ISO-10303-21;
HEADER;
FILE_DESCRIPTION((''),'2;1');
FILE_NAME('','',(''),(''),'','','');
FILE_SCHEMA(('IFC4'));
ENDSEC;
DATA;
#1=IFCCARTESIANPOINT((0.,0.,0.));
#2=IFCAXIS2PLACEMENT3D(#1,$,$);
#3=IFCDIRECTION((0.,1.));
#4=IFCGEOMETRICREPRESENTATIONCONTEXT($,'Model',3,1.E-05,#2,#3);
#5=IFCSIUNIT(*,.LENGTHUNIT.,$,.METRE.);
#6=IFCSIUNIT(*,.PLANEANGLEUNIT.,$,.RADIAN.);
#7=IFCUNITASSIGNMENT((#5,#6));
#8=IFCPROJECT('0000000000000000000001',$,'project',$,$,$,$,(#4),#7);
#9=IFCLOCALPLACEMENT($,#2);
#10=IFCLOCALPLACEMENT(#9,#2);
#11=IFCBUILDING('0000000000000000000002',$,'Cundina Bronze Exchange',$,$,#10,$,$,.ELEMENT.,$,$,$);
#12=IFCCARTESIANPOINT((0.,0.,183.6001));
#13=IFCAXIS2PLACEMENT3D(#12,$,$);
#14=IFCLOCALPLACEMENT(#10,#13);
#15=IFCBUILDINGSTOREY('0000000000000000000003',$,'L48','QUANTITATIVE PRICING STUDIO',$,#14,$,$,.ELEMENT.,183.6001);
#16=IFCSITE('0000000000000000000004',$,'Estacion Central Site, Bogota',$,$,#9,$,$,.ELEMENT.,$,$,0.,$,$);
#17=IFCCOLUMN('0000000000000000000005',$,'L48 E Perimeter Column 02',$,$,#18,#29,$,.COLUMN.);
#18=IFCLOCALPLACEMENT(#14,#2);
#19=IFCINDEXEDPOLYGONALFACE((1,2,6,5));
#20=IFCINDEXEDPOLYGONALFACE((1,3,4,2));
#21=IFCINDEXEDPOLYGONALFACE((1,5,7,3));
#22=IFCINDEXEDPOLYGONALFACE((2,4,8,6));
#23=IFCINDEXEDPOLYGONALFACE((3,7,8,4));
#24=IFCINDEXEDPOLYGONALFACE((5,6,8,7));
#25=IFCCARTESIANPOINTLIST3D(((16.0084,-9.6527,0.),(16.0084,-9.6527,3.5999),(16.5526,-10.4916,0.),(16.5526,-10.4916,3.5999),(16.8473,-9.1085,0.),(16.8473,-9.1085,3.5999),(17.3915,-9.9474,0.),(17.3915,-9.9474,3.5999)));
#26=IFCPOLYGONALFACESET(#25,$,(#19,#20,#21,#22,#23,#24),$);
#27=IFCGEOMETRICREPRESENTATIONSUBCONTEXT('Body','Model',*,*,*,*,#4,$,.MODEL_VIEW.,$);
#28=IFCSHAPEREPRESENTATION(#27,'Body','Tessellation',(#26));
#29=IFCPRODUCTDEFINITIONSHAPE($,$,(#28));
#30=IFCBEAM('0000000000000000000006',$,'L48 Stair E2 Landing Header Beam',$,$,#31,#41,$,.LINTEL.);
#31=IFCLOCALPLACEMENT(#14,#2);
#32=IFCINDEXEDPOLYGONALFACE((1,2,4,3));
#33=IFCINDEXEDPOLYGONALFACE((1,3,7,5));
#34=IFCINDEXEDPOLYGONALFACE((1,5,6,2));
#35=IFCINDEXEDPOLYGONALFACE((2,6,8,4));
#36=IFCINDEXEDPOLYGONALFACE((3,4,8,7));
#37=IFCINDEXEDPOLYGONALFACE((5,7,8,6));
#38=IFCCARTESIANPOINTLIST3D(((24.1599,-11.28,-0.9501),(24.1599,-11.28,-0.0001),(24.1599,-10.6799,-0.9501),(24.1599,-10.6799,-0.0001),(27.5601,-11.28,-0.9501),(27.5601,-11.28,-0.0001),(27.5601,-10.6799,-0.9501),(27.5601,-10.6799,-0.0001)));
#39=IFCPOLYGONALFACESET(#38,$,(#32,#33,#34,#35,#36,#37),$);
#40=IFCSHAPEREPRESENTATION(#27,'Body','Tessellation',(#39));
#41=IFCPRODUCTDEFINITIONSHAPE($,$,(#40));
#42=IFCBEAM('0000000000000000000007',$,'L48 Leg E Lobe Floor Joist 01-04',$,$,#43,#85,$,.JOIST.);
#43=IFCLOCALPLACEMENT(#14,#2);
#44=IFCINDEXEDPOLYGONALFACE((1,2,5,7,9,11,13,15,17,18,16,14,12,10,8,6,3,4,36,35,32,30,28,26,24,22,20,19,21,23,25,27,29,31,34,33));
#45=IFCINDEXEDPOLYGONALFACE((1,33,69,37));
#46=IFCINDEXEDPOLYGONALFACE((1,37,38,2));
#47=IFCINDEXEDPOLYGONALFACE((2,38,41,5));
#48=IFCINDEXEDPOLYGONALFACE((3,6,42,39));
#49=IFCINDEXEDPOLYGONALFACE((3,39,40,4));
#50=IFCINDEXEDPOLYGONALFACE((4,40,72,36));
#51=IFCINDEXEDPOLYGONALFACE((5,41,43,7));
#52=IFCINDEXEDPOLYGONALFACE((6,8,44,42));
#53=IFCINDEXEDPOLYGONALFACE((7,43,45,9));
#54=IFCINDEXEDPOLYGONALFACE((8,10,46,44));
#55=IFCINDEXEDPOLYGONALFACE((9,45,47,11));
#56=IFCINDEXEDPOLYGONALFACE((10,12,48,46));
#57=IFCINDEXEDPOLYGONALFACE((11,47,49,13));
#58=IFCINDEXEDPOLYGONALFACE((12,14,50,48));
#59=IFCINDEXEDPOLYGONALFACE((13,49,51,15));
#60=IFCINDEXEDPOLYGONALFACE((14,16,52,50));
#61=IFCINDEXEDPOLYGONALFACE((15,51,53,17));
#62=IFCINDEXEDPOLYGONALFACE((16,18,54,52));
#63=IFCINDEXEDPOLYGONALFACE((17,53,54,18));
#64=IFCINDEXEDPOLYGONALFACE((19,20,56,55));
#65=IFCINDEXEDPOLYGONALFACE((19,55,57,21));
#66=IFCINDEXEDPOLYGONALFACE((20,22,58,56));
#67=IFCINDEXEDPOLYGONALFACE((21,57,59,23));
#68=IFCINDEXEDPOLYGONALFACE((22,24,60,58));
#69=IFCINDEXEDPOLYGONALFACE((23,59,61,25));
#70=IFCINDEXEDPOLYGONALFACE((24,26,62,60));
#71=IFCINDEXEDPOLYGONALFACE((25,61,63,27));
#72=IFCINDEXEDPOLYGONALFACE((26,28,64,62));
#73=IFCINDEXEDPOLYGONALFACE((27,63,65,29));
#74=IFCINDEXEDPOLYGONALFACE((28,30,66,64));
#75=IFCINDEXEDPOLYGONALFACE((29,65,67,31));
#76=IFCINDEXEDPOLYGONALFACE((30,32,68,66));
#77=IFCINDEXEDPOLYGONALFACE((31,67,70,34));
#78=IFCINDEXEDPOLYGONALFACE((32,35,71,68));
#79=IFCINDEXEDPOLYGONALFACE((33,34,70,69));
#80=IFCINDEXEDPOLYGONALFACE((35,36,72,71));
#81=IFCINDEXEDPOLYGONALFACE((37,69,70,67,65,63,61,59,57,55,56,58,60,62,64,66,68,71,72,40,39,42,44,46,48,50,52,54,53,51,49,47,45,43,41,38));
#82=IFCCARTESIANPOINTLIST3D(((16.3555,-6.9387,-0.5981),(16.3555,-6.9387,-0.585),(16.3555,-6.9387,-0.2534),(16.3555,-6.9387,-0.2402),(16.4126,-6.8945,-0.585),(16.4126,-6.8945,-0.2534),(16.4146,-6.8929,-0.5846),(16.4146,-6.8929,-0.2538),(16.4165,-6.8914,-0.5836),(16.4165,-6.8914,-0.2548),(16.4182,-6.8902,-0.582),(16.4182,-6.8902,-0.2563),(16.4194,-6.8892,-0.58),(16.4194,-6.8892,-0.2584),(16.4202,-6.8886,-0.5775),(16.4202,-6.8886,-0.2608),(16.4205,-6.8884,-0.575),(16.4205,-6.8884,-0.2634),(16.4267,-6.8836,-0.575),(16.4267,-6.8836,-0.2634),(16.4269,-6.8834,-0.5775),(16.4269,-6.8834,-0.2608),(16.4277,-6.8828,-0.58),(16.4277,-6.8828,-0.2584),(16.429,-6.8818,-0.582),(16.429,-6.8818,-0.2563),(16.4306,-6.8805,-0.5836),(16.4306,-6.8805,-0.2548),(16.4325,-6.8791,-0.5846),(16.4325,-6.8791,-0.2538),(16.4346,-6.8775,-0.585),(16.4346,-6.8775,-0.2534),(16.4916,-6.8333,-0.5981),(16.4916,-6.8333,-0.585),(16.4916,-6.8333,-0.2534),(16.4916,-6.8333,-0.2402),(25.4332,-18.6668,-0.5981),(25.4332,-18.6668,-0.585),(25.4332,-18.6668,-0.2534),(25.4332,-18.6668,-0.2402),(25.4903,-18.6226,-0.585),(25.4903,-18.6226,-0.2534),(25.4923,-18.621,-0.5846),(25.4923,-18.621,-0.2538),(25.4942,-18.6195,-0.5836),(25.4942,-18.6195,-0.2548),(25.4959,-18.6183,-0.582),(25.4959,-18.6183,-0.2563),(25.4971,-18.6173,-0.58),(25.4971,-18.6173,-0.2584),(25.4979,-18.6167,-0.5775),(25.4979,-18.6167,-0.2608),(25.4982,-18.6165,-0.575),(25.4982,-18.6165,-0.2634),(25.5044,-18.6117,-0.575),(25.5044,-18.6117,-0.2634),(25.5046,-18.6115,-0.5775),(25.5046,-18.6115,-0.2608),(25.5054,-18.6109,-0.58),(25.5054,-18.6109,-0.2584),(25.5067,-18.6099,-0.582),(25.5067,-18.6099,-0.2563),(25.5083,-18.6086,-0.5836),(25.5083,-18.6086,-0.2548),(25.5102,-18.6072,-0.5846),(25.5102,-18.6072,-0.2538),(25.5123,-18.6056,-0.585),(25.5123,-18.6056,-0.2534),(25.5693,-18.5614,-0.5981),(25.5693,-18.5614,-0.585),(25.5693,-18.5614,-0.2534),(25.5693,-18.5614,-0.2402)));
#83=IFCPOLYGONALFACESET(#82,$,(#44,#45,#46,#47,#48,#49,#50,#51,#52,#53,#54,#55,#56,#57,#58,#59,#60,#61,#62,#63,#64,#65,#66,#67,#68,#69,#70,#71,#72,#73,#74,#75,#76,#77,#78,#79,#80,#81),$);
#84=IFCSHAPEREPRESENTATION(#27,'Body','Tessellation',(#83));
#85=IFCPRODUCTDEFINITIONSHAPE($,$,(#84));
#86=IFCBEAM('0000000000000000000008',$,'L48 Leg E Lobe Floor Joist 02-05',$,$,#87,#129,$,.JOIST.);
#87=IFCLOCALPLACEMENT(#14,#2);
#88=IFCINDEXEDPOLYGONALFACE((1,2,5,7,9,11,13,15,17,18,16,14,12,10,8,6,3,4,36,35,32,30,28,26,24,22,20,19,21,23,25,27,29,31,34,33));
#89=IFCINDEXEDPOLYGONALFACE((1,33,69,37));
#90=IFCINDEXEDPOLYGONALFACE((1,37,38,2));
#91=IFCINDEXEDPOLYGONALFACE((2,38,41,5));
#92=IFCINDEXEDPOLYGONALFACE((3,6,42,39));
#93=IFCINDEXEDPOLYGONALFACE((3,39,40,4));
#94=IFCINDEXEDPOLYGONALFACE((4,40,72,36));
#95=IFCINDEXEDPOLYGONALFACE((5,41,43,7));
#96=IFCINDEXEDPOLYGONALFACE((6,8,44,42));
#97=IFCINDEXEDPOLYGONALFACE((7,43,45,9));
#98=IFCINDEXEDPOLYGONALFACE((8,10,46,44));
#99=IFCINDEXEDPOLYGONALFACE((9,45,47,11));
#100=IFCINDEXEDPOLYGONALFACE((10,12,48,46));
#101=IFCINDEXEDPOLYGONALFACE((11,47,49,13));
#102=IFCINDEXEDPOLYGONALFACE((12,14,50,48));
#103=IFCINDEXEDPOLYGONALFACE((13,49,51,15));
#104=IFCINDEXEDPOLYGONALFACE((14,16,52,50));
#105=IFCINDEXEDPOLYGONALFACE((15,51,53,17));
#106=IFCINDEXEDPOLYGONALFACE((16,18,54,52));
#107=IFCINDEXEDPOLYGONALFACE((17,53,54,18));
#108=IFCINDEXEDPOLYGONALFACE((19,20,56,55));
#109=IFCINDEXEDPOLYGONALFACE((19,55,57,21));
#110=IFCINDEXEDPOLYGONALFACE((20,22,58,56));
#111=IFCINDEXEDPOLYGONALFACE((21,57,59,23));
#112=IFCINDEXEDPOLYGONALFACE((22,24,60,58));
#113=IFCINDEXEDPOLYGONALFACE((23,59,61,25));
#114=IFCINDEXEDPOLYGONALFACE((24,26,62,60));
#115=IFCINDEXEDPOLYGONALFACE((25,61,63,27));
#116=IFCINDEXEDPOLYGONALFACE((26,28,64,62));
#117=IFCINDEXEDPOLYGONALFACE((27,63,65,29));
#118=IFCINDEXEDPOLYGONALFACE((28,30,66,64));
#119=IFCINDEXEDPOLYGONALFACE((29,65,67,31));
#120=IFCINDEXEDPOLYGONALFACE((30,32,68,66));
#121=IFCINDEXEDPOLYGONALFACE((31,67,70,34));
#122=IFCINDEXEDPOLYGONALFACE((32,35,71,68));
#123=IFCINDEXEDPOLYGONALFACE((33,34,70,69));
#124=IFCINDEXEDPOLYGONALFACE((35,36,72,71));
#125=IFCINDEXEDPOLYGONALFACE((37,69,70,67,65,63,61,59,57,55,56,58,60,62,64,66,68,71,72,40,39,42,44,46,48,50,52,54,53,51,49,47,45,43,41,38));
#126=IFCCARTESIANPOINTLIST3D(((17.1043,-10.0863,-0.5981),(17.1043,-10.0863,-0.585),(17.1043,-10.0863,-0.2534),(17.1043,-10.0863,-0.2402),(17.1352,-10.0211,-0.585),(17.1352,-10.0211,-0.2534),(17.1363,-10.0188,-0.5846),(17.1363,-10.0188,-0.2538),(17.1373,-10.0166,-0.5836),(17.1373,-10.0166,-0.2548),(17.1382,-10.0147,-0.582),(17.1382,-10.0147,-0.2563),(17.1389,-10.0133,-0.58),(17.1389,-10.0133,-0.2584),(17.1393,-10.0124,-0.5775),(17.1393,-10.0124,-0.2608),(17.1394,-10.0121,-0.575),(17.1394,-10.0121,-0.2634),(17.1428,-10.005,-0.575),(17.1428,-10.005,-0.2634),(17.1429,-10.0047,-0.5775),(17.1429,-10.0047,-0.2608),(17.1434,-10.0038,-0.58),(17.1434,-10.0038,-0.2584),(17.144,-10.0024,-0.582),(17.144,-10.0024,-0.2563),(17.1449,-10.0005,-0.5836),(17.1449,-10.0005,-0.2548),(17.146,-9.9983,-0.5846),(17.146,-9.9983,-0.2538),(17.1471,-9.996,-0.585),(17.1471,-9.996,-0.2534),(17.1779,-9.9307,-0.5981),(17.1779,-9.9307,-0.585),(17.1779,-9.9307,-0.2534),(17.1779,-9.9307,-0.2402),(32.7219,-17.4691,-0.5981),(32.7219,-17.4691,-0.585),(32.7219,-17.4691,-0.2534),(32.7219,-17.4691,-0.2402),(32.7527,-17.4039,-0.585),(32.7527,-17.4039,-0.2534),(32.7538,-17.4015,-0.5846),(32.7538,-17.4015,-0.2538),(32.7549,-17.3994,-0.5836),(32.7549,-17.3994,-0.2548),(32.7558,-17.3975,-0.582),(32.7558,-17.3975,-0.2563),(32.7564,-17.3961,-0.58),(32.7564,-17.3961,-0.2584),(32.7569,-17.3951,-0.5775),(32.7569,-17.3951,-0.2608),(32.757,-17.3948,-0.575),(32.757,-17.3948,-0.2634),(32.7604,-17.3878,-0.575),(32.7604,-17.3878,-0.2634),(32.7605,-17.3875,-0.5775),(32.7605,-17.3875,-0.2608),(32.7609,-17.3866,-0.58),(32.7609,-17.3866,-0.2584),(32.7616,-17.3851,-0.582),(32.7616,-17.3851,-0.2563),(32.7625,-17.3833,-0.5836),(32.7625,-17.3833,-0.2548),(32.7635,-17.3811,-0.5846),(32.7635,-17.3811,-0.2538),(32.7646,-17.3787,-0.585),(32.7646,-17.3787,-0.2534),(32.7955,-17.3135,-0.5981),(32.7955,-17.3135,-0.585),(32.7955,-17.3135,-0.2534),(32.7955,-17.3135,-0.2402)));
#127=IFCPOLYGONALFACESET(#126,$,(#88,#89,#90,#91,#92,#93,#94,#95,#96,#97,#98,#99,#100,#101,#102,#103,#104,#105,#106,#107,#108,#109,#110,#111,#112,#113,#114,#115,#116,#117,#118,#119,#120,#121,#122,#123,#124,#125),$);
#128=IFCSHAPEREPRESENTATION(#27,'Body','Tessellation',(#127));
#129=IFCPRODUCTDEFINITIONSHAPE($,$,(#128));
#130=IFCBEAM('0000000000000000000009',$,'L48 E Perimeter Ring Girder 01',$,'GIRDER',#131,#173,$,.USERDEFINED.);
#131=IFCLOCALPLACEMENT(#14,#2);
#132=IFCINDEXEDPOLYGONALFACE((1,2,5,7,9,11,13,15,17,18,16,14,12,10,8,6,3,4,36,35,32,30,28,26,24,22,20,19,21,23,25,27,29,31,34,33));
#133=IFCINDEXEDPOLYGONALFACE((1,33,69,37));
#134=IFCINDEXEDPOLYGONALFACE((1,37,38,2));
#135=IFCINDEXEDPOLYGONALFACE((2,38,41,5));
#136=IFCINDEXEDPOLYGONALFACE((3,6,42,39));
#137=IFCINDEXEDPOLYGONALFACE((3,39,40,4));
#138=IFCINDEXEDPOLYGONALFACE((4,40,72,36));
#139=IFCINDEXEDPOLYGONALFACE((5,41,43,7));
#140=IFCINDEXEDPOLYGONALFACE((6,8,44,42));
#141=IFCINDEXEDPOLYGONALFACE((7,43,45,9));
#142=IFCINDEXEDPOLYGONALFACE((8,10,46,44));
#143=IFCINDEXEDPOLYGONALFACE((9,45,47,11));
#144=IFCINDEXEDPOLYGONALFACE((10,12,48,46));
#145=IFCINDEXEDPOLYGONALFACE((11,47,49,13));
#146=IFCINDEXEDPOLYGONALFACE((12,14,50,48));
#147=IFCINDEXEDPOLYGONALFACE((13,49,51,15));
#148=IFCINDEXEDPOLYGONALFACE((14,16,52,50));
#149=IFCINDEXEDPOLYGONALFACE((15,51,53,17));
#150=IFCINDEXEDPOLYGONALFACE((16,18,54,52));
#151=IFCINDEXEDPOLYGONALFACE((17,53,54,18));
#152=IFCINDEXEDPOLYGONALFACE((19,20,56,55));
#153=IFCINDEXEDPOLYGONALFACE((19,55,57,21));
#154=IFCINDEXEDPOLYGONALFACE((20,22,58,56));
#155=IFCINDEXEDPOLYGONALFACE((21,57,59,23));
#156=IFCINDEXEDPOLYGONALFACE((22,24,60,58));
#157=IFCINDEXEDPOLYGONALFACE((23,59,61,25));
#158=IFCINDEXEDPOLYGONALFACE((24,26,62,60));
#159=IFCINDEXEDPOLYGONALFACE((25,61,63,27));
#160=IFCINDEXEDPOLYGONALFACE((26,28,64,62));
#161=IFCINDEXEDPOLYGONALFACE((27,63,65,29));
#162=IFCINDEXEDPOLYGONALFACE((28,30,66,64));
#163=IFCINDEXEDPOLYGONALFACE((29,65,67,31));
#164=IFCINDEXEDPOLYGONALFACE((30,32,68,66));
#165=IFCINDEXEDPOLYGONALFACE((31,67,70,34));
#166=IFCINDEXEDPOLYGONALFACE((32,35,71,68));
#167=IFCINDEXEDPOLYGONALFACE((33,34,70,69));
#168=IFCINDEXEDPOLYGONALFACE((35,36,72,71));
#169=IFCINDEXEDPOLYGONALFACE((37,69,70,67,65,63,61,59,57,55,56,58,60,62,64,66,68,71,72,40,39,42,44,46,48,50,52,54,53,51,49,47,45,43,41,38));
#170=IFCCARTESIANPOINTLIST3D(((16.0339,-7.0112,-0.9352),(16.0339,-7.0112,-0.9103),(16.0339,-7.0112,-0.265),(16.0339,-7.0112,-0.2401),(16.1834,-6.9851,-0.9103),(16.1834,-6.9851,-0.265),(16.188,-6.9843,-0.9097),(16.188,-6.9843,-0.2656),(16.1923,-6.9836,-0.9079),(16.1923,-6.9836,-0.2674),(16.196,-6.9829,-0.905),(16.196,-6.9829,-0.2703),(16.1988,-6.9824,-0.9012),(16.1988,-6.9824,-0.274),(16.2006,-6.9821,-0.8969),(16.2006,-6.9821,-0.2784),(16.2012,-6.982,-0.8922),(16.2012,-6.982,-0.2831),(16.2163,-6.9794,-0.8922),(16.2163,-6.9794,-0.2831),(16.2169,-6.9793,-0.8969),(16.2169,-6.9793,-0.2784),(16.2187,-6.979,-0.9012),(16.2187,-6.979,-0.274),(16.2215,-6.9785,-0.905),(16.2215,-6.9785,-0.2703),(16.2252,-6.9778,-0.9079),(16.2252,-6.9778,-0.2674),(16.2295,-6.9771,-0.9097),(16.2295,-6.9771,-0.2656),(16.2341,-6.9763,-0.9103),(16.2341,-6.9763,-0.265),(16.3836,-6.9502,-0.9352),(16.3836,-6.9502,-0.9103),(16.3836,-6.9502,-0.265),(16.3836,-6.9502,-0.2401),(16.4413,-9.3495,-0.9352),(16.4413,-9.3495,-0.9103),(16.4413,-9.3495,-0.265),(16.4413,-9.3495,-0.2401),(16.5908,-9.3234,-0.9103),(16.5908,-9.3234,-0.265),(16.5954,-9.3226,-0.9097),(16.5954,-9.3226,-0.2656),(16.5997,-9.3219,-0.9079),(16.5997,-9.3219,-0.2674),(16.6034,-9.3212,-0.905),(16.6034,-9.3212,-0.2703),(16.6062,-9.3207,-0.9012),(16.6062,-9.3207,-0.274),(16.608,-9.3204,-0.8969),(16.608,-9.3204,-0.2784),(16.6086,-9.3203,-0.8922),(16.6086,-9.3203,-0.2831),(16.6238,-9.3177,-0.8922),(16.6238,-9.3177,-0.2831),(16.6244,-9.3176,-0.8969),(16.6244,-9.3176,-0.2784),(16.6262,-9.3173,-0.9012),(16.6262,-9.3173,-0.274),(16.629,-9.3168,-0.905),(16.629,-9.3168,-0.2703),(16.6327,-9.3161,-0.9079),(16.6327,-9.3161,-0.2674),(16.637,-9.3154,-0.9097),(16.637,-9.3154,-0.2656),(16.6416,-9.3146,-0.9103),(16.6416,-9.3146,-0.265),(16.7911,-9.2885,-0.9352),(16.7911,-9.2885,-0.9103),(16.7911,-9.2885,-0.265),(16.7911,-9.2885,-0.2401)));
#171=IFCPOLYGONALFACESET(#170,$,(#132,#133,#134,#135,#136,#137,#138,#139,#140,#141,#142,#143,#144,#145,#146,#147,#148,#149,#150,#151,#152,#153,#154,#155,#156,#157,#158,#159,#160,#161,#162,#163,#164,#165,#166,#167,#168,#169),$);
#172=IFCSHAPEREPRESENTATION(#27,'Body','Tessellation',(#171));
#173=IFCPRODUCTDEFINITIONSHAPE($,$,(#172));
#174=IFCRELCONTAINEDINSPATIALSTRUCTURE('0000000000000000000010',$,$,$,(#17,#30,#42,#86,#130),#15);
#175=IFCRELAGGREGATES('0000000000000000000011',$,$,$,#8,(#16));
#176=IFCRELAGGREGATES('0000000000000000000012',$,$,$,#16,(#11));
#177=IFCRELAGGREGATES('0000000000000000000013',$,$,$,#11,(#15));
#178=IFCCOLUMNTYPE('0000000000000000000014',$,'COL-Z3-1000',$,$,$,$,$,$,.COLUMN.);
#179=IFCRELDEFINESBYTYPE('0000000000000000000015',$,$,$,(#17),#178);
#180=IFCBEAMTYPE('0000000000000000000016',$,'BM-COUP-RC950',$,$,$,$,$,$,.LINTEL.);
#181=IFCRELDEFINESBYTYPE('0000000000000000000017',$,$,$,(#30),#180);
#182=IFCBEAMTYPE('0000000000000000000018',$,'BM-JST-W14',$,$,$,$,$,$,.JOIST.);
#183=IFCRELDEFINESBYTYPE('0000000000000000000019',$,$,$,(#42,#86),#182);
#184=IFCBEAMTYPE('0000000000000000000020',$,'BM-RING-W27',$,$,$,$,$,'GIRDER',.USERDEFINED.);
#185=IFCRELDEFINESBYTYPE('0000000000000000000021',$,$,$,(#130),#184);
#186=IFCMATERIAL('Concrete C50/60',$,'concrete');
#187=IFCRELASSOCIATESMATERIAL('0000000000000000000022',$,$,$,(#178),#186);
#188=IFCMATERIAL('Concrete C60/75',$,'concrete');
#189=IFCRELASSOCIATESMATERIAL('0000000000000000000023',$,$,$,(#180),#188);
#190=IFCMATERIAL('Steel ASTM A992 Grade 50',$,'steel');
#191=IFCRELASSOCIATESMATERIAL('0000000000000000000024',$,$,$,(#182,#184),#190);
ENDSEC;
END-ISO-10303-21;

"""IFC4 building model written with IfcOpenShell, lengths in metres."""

from ifc_helpers import new_model, si_unit, direction, frame, origin, origin_2d, place, context, subcontext, project, spatial, rectangle, i_section, extrude, material, material_profile, profile_set, type_object, element, save


model = new_model("IFC4")

# Units and contexts
model_context = context("Model", 3, precision=1e-05, world=origin(), true_north=direction((0.0, 1.0)))
body_context = subcontext(model_context, "Body", "Model", "MODEL_VIEW")
ifc_project = project(units=[si_unit("LENGTHUNIT", "METRE"), si_unit("PLANEANGLEUNIT", "RADIAN")], contexts=[model_context])

# Site, building, storey
site_placement = place(None, origin())
site = spatial("IfcSite", under=ifc_project, at=site_placement, Name="Estacion Central Site, Bogota", CompositionType="ELEMENT", RefElevation=0.0)
building_placement = place(site_placement, origin())
building = spatial("IfcBuilding", under=site, at=building_placement, Name="Cundina Bronze Exchange", CompositionType="ELEMENT")
storey_placement = place(building_placement, frame((0.0, 0.0, 183.6001)))
storey = spatial("IfcBuildingStorey", under=building, at=storey_placement, Name="L48", Description="QUANTITATIVE PRICING STUDIO", CompositionType="ELEMENT", Elevation=183.6001)

# Column
ifc_material_1 = material(Name="Concrete C50/60", Category="concrete")
ifc_material_profile_1 = material_profile(ifc_material_1, rectangle(XDim=1.0, YDim=1.0, at=origin_2d()), Name="RC1000X1000", Category="concrete")
ifc_profile_set_1 = profile_set([ifc_material_profile_1], Name="Concrete C50/60")
column_type = type_object("IfcColumnType", Name="COL-Z3-1000", PredefinedType="COLUMN", material=ifc_profile_set_1)
column_placement = place(storey_placement, frame((16.7, -9.8, 0.0), z_axis=(0.0, 0.0, 1.0), x_axis=(0.5442, -0.838956, 0.0)))
element("IfcColumn", 1, at=column_placement, inside=storey, type_object=column_type, Name="L48 E Perimeter Column 02", PredefinedType="COLUMN", context=body_context, shape_type="SweptSolid", body=[
    extrude(rectangle(XDim=1.0, YDim=1.0, at=origin_2d()), origin(), (0.0, 0.0, 1.0), 3.5999),
])

# Beams
ifc_material_2 = material(Name="Concrete C60/75", Category="concrete")
ifc_material_profile_2 = material_profile(ifc_material_2, rectangle(XDim=0.6001, YDim=0.95, at=origin_2d()), Name="RC600X950", Category="concrete")
ifc_profile_set_2 = profile_set([ifc_material_profile_2], Name="Concrete C60/75")
beam_type_1 = type_object("IfcBeamType", Name="BM-COUP-RC950", PredefinedType="LINTEL", material=ifc_profile_set_2)
beam_1_placement = place(storey_placement, frame((24.1599, -10.98, -0.4751), z_axis=(1.0, 0.0, 0.0), x_axis=(0.0, 1.0, 0.0)))
element("IfcBeam", 2, at=beam_1_placement, inside=storey, type_object=beam_type_1, Name="L48 Stair E2 Landing Header Beam", PredefinedType="LINTEL", context=body_context, shape_type="SweptSolid", body=[
    extrude(rectangle(XDim=0.6001, YDim=0.95, at=origin_2d()), origin(), (0.0, 0.0, 1.0), 3.4001),
])
ifc_material_3 = material(Name="Steel ASTM A992 Grade 50", Category="steel")
ifc_material_profile_3 = material_profile(ifc_material_3, i_section(OverallWidth=0.1721, OverallDepth=0.3579, WebThickness=0.0078, FlangeThickness=0.0132, FilletRadius=0.01, at=origin_2d()), Name="W14X38", Category="steel")
ifc_profile_set_3 = profile_set([ifc_material_profile_3], Name="Steel ASTM A992 Grade 50")
beam_type_2 = type_object("IfcBeamType", Name="BM-JST-W14", PredefinedType="JOIST", material=ifc_profile_set_3)
beam_2_placement = place(storey_placement, frame((16.4236, -6.886, -0.4192), z_axis=(0.612084, -0.790793, 0.0), x_axis=(0.790793, 0.612084, 0.0)))
element("IfcBeam", 3, at=beam_2_placement, inside=storey, type_object=beam_type_2, Name="L48 Leg E Lobe Floor Joist 01-04", PredefinedType="JOIST", context=body_context, shape_type="SweptSolid", body=[
    extrude(i_section(OverallWidth=0.1721, OverallDepth=0.3579, WebThickness=0.0078, FlangeThickness=0.0132, FilletRadius=0.01, at=origin_2d()), origin(), (0.0, 0.0, 1.0), 14.8308),
])
beam_3_placement = place(storey_placement, frame((17.1411, -10.0085, -0.4192), z_axis=(0.904074, -0.427375, 0.0), x_axis=(0.427375, 0.904074, 0.0)))
element("IfcBeam", 4, at=beam_3_placement, inside=storey, type_object=beam_type_2, Name="L48 Leg E Lobe Floor Joist 02-05", PredefinedType="JOIST", context=body_context, shape_type="SweptSolid", body=[
    extrude(i_section(OverallWidth=0.1721, OverallDepth=0.3579, WebThickness=0.0078, FlangeThickness=0.0132, FilletRadius=0.01, at=origin_2d()), origin(), (0.0, 0.0, 1.0), 17.2747),
])
ifc_material_profile_4 = material_profile(ifc_material_3, i_section(OverallWidth=0.355, OverallDepth=0.6951, WebThickness=0.0154, FlangeThickness=0.0249, FilletRadius=0.0181, at=origin_2d()), Name="W27X146", Category="steel")
ifc_profile_set_4 = profile_set([ifc_material_profile_4], Name="Steel ASTM A992 Grade 50")
beam_type_3 = type_object("IfcBeamType", Name="BM-RING-W27", ElementType="GIRDER", PredefinedType="USERDEFINED", material=ifc_profile_set_4)
beam_4_placement = place(storey_placement, frame((16.2087, -6.9807, -0.5876), z_axis=(0.171667, -0.985155, 0.0), x_axis=(0.985155, 0.171667, 0.0)))
element("IfcBeam", 5, at=beam_4_placement, inside=storey, type_object=beam_type_3, Name="L48 E Perimeter Ring Girder 01", ObjectType="GIRDER", PredefinedType="USERDEFINED", context=body_context, shape_type="SweptSolid", body=[
    extrude(i_section(OverallWidth=0.355, OverallDepth=0.6951, WebThickness=0.0154, FlangeThickness=0.0249, FilletRadius=0.0181, at=origin_2d()), origin(), (0.0, 0.0, 1.0), 2.3735),
])

save(model, "model.ifc")
